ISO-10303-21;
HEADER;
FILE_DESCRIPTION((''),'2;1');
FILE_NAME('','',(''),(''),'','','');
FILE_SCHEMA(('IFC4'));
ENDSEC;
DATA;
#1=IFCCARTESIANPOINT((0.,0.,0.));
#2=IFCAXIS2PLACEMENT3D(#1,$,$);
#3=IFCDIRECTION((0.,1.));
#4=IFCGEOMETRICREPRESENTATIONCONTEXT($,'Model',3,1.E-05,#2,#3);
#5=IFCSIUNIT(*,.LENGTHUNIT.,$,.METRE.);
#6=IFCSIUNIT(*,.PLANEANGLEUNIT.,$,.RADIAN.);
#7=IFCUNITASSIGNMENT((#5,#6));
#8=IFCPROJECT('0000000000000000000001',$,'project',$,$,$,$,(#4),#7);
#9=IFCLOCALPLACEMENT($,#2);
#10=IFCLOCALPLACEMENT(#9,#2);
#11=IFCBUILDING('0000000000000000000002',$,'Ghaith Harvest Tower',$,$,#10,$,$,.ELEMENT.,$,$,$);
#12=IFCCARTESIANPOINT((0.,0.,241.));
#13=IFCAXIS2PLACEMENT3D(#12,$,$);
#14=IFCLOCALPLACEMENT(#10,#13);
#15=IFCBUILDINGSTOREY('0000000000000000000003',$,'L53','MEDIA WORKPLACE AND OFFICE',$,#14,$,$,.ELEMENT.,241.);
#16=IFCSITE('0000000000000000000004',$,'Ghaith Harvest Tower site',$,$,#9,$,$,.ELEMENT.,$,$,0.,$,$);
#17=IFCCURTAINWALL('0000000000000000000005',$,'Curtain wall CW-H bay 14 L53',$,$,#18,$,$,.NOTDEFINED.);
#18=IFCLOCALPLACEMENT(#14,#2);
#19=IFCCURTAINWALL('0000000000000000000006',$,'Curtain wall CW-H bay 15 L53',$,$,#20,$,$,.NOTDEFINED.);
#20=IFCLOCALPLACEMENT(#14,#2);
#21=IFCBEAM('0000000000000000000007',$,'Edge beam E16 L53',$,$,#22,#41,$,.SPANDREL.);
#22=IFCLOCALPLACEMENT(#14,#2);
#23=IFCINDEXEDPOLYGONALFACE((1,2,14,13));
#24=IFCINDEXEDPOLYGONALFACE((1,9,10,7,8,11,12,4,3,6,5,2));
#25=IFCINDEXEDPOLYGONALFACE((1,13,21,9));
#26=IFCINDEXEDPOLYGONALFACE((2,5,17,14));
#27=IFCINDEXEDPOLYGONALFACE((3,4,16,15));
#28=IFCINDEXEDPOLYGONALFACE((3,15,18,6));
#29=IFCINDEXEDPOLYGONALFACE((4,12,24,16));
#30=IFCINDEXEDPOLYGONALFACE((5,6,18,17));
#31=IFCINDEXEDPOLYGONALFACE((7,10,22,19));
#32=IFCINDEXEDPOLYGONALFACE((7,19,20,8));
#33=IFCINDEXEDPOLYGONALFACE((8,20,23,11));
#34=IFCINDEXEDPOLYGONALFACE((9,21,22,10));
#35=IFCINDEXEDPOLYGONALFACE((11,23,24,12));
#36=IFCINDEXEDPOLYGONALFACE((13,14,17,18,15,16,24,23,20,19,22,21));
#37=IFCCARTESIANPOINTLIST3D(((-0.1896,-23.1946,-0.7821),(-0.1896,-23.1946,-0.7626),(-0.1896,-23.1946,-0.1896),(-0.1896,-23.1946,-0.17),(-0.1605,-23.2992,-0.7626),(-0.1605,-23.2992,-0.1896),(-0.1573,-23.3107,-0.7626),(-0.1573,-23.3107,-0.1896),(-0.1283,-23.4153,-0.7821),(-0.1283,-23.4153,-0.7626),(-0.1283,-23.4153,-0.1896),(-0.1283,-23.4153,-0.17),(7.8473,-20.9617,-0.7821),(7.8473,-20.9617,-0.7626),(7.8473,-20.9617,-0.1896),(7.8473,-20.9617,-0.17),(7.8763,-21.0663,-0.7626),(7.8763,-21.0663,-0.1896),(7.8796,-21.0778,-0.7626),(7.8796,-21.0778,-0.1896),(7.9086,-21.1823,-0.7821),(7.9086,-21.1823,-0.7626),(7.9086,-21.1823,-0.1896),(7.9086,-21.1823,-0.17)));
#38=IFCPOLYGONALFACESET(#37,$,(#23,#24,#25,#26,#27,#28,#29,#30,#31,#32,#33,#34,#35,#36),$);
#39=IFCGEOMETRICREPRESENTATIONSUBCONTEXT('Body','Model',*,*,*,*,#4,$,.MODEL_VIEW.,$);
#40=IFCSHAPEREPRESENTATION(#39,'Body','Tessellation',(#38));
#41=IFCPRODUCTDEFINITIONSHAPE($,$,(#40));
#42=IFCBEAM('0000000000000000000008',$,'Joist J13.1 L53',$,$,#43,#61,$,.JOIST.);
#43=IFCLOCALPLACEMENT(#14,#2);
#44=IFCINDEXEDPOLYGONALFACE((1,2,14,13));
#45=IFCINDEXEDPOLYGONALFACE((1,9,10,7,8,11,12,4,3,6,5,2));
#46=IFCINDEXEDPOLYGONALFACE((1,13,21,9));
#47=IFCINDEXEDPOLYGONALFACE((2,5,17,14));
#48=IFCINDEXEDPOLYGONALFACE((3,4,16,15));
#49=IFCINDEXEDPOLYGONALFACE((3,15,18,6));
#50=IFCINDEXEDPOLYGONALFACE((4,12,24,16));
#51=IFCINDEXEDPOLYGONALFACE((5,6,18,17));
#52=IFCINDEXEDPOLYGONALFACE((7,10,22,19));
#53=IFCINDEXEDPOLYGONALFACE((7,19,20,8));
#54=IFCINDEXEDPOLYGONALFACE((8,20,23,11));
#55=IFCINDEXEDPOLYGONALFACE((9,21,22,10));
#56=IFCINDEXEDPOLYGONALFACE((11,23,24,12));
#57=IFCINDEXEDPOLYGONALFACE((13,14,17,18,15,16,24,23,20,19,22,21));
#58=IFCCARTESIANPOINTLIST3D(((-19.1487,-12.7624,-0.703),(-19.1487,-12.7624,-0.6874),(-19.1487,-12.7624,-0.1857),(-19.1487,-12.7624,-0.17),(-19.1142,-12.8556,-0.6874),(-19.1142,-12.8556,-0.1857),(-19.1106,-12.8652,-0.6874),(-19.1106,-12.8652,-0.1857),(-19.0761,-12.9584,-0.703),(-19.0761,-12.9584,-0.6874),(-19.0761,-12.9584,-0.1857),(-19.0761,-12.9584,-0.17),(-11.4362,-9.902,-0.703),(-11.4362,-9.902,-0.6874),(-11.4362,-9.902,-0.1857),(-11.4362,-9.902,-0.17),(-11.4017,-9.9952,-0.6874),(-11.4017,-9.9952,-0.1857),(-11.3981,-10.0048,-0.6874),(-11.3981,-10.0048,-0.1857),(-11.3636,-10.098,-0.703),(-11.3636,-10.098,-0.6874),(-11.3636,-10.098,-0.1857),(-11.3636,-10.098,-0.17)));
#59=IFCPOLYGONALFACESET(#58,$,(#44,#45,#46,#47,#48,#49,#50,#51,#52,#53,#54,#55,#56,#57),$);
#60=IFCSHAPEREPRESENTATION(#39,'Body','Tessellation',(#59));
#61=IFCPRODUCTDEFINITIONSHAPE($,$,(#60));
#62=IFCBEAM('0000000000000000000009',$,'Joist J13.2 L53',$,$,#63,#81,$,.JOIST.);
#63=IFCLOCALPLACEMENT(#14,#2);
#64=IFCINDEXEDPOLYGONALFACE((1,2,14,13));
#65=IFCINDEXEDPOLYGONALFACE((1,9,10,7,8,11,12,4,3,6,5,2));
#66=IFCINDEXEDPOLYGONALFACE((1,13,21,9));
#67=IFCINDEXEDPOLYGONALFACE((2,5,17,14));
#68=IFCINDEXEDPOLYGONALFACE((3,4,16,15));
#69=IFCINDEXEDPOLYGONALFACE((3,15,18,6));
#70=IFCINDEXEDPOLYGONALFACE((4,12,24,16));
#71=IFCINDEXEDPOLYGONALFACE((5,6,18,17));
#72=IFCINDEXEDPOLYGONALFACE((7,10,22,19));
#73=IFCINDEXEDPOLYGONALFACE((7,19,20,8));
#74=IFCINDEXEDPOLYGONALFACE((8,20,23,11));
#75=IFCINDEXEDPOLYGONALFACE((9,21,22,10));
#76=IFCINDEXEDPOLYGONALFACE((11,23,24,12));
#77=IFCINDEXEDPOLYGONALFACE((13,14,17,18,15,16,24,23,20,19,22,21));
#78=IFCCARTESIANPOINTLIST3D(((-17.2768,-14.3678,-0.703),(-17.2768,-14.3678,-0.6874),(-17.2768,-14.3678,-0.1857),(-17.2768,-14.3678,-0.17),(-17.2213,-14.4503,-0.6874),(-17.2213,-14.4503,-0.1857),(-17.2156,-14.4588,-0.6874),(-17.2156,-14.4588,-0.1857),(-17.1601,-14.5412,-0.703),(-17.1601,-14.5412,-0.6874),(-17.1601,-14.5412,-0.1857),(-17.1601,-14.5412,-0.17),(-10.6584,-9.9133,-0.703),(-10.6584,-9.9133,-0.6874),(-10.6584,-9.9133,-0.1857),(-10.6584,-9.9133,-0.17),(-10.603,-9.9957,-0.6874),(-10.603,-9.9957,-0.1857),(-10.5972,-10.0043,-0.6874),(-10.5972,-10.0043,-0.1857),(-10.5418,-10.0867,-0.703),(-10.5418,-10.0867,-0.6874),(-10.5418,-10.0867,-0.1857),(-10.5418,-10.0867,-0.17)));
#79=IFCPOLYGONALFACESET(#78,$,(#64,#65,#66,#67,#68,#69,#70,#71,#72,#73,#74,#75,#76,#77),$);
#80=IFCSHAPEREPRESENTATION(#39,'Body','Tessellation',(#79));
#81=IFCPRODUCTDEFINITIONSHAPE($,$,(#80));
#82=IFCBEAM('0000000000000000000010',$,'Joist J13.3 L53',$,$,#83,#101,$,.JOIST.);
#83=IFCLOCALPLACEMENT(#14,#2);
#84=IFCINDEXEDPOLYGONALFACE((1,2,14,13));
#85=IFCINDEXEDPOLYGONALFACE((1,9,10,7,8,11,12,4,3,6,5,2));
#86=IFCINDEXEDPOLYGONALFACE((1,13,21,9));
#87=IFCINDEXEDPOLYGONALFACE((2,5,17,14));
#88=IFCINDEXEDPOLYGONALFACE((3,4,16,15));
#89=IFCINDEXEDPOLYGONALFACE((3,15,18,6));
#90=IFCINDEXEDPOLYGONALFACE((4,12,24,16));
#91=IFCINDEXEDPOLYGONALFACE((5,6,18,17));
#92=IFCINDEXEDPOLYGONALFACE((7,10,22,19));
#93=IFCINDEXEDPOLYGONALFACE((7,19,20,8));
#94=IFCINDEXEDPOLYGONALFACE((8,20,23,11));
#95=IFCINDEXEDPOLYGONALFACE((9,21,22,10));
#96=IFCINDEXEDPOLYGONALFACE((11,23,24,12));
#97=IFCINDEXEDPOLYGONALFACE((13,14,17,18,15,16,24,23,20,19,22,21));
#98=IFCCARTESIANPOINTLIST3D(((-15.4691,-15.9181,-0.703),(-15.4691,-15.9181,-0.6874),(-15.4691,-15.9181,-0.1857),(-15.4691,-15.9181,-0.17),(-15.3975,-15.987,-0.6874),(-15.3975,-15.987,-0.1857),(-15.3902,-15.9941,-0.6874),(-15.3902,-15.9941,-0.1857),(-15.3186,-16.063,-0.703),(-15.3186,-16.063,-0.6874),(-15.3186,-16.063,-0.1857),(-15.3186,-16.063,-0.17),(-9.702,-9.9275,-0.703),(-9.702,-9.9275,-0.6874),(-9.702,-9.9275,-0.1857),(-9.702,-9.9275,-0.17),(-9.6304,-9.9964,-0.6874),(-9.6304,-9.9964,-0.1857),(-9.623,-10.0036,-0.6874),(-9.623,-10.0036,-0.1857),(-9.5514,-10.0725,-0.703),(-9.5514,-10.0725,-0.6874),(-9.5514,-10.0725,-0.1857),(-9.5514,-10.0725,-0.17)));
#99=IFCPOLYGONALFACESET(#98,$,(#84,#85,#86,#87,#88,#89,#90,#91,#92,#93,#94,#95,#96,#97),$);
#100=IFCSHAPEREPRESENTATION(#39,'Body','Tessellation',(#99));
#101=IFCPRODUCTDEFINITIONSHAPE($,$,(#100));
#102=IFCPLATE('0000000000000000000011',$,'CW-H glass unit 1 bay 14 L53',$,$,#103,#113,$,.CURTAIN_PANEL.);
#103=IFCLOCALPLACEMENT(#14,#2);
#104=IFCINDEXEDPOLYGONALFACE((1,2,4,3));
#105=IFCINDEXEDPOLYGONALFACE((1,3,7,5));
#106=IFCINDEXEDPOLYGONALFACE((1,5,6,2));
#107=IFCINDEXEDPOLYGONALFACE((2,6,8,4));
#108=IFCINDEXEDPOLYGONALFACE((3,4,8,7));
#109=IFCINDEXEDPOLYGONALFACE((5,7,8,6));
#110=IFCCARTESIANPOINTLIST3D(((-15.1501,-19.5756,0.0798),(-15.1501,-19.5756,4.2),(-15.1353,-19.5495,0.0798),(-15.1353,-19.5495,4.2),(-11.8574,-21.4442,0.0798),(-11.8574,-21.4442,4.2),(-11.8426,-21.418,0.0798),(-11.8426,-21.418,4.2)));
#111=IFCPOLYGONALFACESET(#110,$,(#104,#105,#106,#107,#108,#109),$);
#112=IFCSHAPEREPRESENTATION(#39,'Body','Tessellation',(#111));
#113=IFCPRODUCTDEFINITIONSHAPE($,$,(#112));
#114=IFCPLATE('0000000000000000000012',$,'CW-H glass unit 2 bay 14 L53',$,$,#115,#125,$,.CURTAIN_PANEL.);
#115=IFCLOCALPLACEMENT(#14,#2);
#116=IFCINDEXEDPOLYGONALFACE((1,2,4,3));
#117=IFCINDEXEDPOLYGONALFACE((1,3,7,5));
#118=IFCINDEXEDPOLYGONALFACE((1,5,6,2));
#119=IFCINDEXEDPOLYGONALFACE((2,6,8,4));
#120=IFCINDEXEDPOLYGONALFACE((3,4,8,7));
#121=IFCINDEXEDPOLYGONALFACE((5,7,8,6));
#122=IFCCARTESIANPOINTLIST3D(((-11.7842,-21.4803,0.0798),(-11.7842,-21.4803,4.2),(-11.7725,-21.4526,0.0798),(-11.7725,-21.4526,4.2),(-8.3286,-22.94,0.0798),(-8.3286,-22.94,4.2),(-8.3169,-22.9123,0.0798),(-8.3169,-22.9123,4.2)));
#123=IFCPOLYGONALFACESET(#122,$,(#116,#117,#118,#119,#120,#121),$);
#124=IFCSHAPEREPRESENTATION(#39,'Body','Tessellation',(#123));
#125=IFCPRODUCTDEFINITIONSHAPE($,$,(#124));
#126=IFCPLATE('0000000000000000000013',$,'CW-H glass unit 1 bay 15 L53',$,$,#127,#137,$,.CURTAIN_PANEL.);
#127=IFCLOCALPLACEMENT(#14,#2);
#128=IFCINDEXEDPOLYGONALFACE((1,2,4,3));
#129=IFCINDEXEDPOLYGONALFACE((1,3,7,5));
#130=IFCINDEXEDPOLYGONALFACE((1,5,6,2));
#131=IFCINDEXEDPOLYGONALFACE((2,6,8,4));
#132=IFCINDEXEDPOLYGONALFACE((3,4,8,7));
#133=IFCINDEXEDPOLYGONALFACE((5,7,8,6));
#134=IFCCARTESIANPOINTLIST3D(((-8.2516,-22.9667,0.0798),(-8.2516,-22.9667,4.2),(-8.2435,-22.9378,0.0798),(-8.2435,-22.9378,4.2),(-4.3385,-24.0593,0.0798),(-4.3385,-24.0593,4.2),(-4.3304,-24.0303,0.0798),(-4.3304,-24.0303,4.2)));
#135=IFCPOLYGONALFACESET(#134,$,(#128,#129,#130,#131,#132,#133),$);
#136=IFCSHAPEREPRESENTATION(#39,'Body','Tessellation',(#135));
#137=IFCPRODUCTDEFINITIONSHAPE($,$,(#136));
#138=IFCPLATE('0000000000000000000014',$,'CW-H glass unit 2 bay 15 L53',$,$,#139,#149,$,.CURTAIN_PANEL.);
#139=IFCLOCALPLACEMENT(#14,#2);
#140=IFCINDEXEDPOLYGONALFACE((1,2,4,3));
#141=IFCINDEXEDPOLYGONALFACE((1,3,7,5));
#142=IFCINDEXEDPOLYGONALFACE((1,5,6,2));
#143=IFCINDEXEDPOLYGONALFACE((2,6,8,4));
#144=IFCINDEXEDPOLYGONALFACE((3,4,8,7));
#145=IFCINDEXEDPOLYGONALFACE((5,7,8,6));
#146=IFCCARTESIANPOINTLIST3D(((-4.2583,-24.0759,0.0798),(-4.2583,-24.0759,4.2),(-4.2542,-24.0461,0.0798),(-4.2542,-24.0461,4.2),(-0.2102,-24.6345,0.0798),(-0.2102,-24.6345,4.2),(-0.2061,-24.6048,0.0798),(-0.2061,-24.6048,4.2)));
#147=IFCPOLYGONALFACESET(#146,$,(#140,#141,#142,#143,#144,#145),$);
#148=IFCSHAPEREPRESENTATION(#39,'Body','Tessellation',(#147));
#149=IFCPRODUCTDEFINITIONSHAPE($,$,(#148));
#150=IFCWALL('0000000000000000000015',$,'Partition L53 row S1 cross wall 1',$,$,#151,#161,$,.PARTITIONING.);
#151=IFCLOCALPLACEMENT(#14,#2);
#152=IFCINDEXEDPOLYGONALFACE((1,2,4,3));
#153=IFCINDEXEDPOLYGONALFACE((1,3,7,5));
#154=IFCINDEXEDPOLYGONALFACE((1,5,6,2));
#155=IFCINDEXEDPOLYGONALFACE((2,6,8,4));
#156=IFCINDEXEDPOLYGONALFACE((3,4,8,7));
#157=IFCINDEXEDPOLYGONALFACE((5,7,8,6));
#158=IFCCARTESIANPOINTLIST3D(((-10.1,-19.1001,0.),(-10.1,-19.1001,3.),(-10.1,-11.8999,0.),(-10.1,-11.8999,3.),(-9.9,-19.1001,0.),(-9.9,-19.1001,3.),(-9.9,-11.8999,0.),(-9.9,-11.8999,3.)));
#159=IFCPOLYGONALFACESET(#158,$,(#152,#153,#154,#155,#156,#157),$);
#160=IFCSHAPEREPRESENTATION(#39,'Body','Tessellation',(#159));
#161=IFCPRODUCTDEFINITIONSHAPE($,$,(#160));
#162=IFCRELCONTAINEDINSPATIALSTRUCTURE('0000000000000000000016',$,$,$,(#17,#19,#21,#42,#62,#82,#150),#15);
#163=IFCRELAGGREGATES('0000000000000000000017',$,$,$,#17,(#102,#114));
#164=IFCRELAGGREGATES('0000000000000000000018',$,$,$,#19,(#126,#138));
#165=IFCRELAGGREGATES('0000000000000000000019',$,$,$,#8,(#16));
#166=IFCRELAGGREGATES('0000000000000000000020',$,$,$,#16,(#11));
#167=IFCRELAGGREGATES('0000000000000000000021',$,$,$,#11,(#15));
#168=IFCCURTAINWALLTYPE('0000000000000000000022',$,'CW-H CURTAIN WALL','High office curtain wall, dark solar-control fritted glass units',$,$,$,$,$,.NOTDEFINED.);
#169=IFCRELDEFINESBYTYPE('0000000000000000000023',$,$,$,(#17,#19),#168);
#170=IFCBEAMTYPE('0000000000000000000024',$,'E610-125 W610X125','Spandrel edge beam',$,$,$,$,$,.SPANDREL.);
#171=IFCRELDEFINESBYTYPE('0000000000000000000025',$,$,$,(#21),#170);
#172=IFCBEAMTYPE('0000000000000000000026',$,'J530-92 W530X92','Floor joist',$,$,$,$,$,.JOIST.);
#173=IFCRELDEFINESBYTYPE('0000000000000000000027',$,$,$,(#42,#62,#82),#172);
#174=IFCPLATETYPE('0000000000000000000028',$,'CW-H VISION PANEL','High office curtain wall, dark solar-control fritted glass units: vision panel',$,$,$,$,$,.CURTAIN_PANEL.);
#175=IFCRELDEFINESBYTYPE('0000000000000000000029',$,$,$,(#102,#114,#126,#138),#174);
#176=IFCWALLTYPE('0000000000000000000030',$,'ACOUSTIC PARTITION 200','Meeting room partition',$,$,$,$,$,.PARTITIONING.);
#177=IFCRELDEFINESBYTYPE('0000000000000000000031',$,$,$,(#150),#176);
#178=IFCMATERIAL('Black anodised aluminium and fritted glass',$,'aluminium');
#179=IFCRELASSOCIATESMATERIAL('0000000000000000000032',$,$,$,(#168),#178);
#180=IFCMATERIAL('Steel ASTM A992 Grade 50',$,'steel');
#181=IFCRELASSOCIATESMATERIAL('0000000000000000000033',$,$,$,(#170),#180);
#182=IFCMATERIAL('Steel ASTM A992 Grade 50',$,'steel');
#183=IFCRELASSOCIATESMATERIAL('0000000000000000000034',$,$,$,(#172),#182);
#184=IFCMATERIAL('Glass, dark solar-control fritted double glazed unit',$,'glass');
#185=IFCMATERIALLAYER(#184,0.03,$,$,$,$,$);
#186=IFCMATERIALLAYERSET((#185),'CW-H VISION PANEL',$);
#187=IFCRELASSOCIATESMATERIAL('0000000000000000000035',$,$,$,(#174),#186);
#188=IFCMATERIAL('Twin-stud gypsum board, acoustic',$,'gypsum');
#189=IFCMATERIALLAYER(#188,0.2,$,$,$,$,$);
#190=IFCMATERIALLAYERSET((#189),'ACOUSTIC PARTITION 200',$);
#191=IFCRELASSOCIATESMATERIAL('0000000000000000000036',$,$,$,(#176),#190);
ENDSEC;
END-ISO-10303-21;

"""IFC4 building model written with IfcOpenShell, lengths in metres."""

from ifc_helpers import new_model, si_unit, direction, frame, frame_2d, origin, origin_2d, place, context, subcontext, project, spatial, rectangle, i_section, extrude, material, layer, layer_set, material_profile, profile_set, type_object, element, aggregate, save


model = new_model("IFC4")

# Units and contexts
model_context = context("Model", 3, precision=1e-05, world=origin(), true_north=direction((0.0, 1.0)))
body_context = subcontext(model_context, "Body", "Model", "MODEL_VIEW")
ifc_project = project(units=[si_unit("LENGTHUNIT", "METRE"), si_unit("PLANEANGLEUNIT", "RADIAN")], contexts=[model_context])

# Site, building, storey
site_placement = place(None, origin())
site = spatial("IfcSite", under=ifc_project, at=site_placement, Name="Ghaith Harvest Tower site", CompositionType="ELEMENT", RefElevation=0.0)
building_placement = place(site_placement, origin())
building = spatial("IfcBuilding", under=site, at=building_placement, Name="Ghaith Harvest Tower", CompositionType="ELEMENT")
storey_placement = place(building_placement, frame((0.0, 0.0, 241.0)))
storey = spatial("IfcBuildingStorey", under=building, at=storey_placement, Name="L53", Description="MEDIA WORKPLACE AND OFFICE", CompositionType="ELEMENT", Elevation=241.0)

# Curtain wall
ifc_material_1 = material(Name="Black anodised aluminium and fritted glass", Category="aluminium")
curtain_wall_type = type_object("IfcCurtainWallType", Name="CW-H CURTAIN WALL", Description="High office curtain wall, dark solar-control fritted glass units", PredefinedType="NOTDEFINED", material=ifc_material_1)
curtain_wall_1_placement = place(storey_placement, origin())
curtain_wall_1 = element("IfcCurtainWall", 1, at=curtain_wall_1_placement, inside=storey, type_object=curtain_wall_type, Name="Curtain wall CW-H bay 14 L53", PredefinedType="NOTDEFINED")

# Curtain wall
curtain_wall_2_placement = place(storey_placement, origin())
curtain_wall_2 = element("IfcCurtainWall", 2, at=curtain_wall_2_placement, inside=storey, type_object=curtain_wall_type, Name="Curtain wall CW-H bay 15 L53", PredefinedType="NOTDEFINED")

# Beams
ifc_material_2 = material(Name="Steel ASTM A992 Grade 50", Category="steel")
ifc_material_profile_1 = material_profile(ifc_material_2, i_section(OverallWidth=0.229, OverallDepth=0.6121, WebThickness=0.012, FlangeThickness=0.0195, at=origin_2d()), Name="W610X125")
ifc_profile_set_1 = profile_set([ifc_material_profile_1], Name="Steel ASTM A992 Grade 50")
beam_type_1 = type_object("IfcBeamType", Name="E610-125 W610X125", Description="Spandrel edge beam", PredefinedType="SPANDREL", material=ifc_profile_set_1)
beam_1_placement = place(storey_placement, frame((-0.1589, -23.3049, -0.4761), z_axis=(0.963504, 0.267694, 0.0), x_axis=(-0.267694, 0.963504, 0.0)))
element("IfcBeam", 3, at=beam_1_placement, inside=storey, type_object=beam_type_1, Name="Edge beam E16 L53", PredefinedType="SPANDREL", context=body_context, shape_type="SweptSolid", body=[
    extrude(i_section(OverallWidth=0.229, OverallDepth=0.6121, WebThickness=0.012, FlangeThickness=0.0195, at=origin_2d()), origin(), (0.0, 0.0, 1.0), 8.3413),
])
ifc_material_3 = material(Name="Steel ASTM A992 Grade 50", Category="steel")
ifc_material_profile_2 = material_profile(ifc_material_3, i_section(OverallWidth=0.209, OverallDepth=0.533, WebThickness=0.0103, FlangeThickness=0.0156, at=origin_2d()), Name="W530X92")
ifc_profile_set_2 = profile_set([ifc_material_profile_2], Name="Steel ASTM A992 Grade 50")
beam_type_2 = type_object("IfcBeamType", Name="J530-92 W530X92", Description="Floor joist", PredefinedType="JOIST", material=ifc_profile_set_2)
beam_2_placement = place(storey_placement, frame((-11.3999, -10.0, -0.4365), z_axis=(-0.937594, -0.347732, 0.0), x_axis=(0.347732, -0.937594, 0.0)))
element("IfcBeam", 4, at=beam_2_placement, inside=storey, type_object=beam_type_2, Name="Joist J13.1 L53", PredefinedType="JOIST", context=body_context, shape_type="SweptSolid", body=[
    extrude(i_section(OverallWidth=0.209, OverallDepth=0.533, WebThickness=0.0103, FlangeThickness=0.0156, at=origin_2d()), origin(), (0.0, 0.0, 1.0), 8.2258),
])
beam_3_placement = place(storey_placement, frame((-10.6001, -10.0, -0.4365), z_axis=(-0.829594, -0.558367, 0.0), x_axis=(0.558367, -0.829594, 0.0)))
element("IfcBeam", 5, at=beam_3_placement, inside=storey, type_object=beam_type_2, Name="Joist J13.2 L53", PredefinedType="JOIST", context=body_context, shape_type="SweptSolid", body=[
    extrude(i_section(OverallWidth=0.209, OverallDepth=0.533, WebThickness=0.0103, FlangeThickness=0.0156, at=origin_2d()), origin(), (0.0, 0.0, 1.0), 7.9778),
])
beam_4_placement = place(storey_placement, frame((-9.6267, -10.0, -0.4365), z_axis=(-0.693547, -0.720411, 0.0), x_axis=(0.720411, -0.693547, 0.0)))
element("IfcBeam", 6, at=beam_4_placement, inside=storey, type_object=beam_type_2, Name="Joist J13.3 L53", PredefinedType="JOIST", context=body_context, shape_type="SweptSolid", body=[
    extrude(i_section(OverallWidth=0.209, OverallDepth=0.533, WebThickness=0.0103, FlangeThickness=0.0156, at=origin_2d()), origin(), (0.0, 0.0, 1.0), 8.3154),
])

# Plates
ifc_material_4 = material(Name="Glass, dark solar-control fritted double glazed unit", Category="glass")
ifc_layer_1 = layer(ifc_material_4, 0.03)
ifc_layer_set_1 = layer_set([ifc_layer_1], Name="CW-H VISION PANEL")
plate_type = type_object("IfcPlateType", Name="CW-H VISION PANEL", Description="High office curtain wall, dark solar-control fritted glass units: vision panel", PredefinedType="CURTAIN_PANEL", material=ifc_layer_set_1)
plate_1_placement = place(storey_placement, frame((-13.4963, -20.4968, 0.0798), z_axis=(0.0, 0.0, 1.0), x_axis=(0.869715, -0.493554, 0.0)))
plate_1 = element("IfcPlate", 7, at=plate_1_placement, type_object=plate_type, Name="CW-H glass unit 1 bay 14 L53", PredefinedType="CURTAIN_PANEL", context=body_context, shape_type="SweptSolid", body=[
    extrude(rectangle(XDim=3.7859, YDim=0.03, at=origin_2d()), origin(), (0.0, 0.0, 1.0), 4.1201),
])
plate_2_placement = place(storey_placement, frame((-10.0505, -22.1963, 0.0798), z_axis=(0.0, 0.0, 1.0), x_axis=(0.921182, -0.389133, 0.0)))
plate_2 = element("IfcPlate", 8, at=plate_2_placement, type_object=plate_type, Name="CW-H glass unit 2 bay 14 L53", PredefinedType="CURTAIN_PANEL", context=body_context, shape_type="SweptSolid", body=[
    extrude(rectangle(XDim=3.7512, YDim=0.03, at=origin_2d()), origin(), (0.0, 0.0, 1.0), 4.1201),
])
aggregate(curtain_wall_1, [plate_1, plate_2])
plate_3_placement = place(storey_placement, frame((-6.291, -23.4985, 0.0798), z_axis=(0.0, 0.0, 1.0), x_axis=(0.963163, -0.268919, 0.0)))
plate_3 = element("IfcPlate", 9, at=plate_3_placement, type_object=plate_type, Name="CW-H glass unit 1 bay 15 L53", PredefinedType="CURTAIN_PANEL", context=body_context, shape_type="SweptSolid", body=[
    extrude(rectangle(XDim=4.0627, YDim=0.03, at=origin_2d()), origin(), (0.0, 0.0, 1.0), 4.1201),
])
plate_4_placement = place(storey_placement, frame((-2.2322, -24.3403, 0.0798), z_axis=(0.0, 0.0, 1.0), x_axis=(0.990612, -0.136702, 0.0)))
plate_4 = element("IfcPlate", 10, at=plate_4_placement, type_object=plate_type, Name="CW-H glass unit 2 bay 15 L53", PredefinedType="CURTAIN_PANEL", context=body_context, shape_type="SweptSolid", body=[
    extrude(rectangle(XDim=4.0864, YDim=0.03, at=origin_2d()), origin(), (0.0, 0.0, 1.0), 4.1201),
])
aggregate(curtain_wall_2, [plate_3, plate_4])

# Wall
ifc_material_5 = material(Name="Twin-stud gypsum board, acoustic", Category="gypsum")
ifc_layer_2 = layer(ifc_material_5, 0.2)
ifc_layer_set_2 = layer_set([ifc_layer_2], Name="ACOUSTIC PARTITION 200")
wall_type = type_object("IfcWallType", Name="ACOUSTIC PARTITION 200", Description="Meeting room partition", PredefinedType="PARTITIONING", material=ifc_layer_set_2)
wall_1_placement = place(storey_placement, frame((-10.0, -11.8999, 0.0), z_axis=(0.0, 0.0, 1.0), x_axis=(0.0, -1.0, 0.0)))
element("IfcWall", 11, at=wall_1_placement, inside=storey, type_object=wall_type, Name="Partition L53 row S1 cross wall 1", PredefinedType="PARTITIONING", context=body_context, shape_type="SweptSolid", body=[
    extrude(rectangle(XDim=7.2002, YDim=0.2, at=frame_2d((3.6001, 0.0))), origin(), (0.0, 0.0, 1.0), 3.0),
])

save(model, "model.ifc")
